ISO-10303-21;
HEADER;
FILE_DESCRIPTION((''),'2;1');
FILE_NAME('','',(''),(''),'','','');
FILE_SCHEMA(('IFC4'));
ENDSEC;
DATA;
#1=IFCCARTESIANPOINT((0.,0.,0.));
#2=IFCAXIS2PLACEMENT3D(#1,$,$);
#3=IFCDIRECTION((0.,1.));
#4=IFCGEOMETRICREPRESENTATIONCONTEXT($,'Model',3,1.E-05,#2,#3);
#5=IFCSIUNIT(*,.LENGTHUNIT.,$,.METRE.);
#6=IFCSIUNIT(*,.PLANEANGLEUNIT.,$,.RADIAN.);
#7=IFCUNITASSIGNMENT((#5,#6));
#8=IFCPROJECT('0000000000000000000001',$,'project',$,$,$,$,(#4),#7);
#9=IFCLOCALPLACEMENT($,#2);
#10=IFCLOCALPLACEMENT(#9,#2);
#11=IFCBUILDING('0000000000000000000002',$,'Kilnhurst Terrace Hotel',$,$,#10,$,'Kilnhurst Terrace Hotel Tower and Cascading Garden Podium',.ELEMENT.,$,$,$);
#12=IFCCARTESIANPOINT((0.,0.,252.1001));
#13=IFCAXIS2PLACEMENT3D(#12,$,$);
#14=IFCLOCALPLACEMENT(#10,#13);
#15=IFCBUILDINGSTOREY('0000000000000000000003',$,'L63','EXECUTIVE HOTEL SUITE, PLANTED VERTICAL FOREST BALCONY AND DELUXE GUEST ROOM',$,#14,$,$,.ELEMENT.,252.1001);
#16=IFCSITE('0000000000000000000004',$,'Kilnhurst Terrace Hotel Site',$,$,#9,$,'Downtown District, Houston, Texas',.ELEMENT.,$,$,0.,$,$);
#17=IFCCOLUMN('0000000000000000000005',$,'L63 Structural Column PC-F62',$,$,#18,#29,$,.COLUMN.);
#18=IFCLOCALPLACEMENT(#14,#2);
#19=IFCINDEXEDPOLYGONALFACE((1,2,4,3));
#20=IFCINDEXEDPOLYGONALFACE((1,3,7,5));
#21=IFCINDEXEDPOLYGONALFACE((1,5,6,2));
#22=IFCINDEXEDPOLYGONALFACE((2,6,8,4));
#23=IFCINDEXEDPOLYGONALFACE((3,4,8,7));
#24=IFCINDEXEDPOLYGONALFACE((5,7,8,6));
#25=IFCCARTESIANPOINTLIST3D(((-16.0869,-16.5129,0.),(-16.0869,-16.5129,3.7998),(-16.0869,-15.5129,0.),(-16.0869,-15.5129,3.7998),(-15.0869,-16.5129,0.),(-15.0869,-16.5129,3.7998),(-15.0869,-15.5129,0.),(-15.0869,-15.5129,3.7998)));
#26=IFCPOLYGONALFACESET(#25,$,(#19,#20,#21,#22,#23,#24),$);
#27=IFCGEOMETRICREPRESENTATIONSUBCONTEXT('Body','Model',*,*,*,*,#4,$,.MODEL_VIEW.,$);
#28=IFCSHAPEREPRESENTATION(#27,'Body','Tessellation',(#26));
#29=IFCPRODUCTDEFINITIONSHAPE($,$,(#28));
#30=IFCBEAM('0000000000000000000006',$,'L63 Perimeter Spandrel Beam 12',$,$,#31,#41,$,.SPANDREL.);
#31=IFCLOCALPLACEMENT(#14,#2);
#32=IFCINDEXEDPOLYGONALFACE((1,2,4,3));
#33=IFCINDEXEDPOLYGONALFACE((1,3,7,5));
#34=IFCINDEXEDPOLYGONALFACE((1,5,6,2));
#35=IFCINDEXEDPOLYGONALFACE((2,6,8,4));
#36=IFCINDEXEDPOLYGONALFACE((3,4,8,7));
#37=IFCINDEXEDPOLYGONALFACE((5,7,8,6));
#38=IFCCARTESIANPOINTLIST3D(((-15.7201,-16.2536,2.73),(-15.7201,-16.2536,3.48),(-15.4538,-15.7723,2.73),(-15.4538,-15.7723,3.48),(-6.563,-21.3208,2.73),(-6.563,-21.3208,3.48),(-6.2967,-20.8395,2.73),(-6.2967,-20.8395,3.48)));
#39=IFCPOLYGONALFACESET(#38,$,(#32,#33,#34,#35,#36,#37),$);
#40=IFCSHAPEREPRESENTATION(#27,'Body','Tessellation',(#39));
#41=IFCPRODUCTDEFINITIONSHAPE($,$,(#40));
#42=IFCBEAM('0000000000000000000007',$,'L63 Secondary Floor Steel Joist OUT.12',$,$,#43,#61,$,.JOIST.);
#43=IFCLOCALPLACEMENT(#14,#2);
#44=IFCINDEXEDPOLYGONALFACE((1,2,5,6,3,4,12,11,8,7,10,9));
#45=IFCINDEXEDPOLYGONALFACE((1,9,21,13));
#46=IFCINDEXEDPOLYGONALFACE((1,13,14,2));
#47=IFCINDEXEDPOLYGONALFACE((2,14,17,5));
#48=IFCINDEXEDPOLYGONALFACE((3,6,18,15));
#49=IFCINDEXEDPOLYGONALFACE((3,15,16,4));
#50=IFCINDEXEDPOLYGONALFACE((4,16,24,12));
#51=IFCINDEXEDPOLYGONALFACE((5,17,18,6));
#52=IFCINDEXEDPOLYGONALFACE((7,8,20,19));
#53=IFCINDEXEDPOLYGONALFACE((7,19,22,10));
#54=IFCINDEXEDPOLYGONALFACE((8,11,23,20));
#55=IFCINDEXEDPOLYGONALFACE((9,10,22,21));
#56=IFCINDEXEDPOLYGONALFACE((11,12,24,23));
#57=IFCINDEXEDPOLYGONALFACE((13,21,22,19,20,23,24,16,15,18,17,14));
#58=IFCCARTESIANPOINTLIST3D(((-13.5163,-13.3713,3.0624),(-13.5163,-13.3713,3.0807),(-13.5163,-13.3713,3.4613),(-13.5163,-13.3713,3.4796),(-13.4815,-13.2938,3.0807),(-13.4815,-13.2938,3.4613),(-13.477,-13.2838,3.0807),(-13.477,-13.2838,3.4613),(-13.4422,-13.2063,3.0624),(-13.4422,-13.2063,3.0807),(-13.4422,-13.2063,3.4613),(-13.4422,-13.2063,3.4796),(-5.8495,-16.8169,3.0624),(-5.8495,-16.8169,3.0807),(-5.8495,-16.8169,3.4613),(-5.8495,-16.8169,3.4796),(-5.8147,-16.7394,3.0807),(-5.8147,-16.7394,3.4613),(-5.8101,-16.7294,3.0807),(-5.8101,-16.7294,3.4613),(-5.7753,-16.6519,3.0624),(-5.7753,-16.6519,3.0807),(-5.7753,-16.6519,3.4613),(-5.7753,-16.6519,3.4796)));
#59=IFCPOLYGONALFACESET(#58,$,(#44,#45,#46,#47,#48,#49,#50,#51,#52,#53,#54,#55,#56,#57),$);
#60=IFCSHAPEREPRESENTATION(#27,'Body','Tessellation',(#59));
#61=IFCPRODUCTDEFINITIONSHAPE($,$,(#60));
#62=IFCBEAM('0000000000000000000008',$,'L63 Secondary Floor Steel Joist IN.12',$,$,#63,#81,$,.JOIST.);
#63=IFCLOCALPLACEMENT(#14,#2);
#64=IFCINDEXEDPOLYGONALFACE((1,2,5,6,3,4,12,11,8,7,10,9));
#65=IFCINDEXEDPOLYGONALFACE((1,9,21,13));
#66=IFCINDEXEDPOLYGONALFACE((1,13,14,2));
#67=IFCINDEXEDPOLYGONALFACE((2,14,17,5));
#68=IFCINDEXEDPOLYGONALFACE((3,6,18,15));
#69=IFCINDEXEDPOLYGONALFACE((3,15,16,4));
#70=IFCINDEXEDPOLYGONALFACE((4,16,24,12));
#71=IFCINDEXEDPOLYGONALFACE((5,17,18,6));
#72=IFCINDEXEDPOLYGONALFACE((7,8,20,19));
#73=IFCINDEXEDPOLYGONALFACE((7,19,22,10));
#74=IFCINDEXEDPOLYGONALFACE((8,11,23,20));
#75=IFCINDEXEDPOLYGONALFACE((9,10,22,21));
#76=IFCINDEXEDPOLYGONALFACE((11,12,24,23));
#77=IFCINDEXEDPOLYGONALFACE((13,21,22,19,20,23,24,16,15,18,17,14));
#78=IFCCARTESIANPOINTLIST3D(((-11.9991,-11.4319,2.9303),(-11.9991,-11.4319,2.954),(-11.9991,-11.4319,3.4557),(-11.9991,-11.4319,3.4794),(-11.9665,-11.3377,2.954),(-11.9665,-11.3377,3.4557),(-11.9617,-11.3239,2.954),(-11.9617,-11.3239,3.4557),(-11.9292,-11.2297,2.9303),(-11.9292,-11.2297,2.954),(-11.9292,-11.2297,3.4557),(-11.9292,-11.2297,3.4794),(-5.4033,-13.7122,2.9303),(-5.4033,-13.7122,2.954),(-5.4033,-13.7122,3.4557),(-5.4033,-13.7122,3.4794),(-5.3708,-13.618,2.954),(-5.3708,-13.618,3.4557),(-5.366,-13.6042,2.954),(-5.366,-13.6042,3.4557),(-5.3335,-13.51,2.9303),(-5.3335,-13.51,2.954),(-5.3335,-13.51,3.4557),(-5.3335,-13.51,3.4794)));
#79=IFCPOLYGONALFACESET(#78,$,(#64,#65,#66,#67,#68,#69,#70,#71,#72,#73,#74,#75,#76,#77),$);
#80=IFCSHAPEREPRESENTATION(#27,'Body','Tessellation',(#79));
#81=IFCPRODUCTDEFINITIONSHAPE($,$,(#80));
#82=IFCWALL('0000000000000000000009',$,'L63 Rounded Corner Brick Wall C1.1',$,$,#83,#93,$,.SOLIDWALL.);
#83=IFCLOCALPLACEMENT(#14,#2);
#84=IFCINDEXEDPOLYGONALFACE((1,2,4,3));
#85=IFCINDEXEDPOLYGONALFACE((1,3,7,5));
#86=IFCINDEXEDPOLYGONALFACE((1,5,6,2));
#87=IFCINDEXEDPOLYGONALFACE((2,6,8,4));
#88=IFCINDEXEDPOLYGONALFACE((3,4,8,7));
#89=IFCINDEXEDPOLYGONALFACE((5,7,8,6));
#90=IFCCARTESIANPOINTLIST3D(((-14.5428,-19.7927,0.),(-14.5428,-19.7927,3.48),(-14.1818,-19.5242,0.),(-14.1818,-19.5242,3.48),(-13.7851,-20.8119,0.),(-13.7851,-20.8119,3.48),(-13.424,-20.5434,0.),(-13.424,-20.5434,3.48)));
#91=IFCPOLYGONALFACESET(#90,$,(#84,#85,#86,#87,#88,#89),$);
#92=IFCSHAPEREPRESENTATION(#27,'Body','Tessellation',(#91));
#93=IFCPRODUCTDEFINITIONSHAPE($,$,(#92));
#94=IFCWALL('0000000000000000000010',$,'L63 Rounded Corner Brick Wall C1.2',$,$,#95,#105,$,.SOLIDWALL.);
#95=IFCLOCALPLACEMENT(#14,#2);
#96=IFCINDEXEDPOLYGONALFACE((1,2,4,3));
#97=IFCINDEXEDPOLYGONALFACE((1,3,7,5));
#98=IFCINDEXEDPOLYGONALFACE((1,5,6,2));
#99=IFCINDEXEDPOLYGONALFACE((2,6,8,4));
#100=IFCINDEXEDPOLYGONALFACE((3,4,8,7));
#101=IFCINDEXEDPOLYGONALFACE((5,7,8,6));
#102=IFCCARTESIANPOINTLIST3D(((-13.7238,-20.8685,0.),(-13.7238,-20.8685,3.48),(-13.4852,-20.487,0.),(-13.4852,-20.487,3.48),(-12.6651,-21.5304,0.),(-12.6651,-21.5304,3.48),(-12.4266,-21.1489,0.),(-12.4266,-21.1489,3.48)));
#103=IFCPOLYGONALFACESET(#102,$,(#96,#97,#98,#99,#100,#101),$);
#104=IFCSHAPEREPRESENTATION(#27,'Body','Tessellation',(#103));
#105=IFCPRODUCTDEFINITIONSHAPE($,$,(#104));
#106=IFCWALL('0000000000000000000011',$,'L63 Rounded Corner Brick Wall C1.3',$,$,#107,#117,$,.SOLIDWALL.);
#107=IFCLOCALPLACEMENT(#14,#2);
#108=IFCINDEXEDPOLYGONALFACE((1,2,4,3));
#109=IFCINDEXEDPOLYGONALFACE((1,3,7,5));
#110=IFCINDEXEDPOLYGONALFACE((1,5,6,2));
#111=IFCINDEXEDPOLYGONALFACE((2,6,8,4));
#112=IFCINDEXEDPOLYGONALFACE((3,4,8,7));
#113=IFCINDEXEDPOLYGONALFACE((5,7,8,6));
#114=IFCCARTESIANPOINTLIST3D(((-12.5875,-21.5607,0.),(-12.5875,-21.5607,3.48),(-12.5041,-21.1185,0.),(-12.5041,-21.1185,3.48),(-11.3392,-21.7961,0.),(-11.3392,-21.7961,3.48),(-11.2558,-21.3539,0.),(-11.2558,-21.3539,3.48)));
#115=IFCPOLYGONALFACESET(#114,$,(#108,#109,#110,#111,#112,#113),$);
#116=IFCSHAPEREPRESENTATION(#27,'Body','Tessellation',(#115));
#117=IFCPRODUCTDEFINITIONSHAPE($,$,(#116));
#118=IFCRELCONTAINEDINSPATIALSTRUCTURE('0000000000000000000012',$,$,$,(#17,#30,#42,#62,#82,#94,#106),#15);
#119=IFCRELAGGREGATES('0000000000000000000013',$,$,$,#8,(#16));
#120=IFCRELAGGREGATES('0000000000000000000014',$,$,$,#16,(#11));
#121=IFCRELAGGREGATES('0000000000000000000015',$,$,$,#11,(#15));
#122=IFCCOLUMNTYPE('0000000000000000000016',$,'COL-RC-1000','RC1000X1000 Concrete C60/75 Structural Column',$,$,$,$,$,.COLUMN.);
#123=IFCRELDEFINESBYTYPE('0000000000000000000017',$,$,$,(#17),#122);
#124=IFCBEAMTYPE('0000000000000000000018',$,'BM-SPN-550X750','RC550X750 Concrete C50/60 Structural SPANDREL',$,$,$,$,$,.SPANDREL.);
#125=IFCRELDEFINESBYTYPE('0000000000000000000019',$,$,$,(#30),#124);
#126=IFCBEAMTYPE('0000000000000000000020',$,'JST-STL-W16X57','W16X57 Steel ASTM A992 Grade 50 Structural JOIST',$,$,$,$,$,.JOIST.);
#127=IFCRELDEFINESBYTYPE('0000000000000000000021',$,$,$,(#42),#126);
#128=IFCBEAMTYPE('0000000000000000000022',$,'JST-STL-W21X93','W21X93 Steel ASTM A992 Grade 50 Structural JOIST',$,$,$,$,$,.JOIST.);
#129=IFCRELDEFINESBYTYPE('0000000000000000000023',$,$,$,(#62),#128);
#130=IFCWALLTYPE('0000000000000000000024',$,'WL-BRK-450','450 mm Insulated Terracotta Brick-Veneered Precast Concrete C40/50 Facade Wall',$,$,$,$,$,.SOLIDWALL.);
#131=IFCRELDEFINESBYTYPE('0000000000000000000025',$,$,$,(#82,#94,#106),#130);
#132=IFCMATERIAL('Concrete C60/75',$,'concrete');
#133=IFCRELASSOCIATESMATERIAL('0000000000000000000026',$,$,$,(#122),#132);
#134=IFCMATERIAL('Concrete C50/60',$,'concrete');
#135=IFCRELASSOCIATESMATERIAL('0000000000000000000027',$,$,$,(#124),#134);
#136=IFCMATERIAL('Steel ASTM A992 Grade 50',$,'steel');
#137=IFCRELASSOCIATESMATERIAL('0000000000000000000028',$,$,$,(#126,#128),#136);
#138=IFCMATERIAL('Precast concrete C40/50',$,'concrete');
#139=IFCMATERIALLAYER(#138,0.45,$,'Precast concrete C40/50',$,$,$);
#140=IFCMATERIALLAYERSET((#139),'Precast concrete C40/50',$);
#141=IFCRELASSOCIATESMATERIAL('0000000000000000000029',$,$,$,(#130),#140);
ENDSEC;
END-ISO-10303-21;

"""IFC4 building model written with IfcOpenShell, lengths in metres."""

from ifc_helpers import new_model, si_unit, direction, frame, frame_2d, origin, origin_2d, place, context, subcontext, project, spatial, rectangle, i_section, extrude, material, layer, layer_set, material_profile, profile_set, type_object, element, save


model = new_model("IFC4")

# Units and contexts
model_context = context("Model", 3, precision=1e-05, world=origin(), true_north=direction((0.0, 1.0)))
body_context = subcontext(model_context, "Body", "Model", "MODEL_VIEW")
ifc_project = project(units=[si_unit("LENGTHUNIT", "METRE"), si_unit("PLANEANGLEUNIT", "RADIAN")], contexts=[model_context])

# Site, building, storey
site_placement = place(None, origin())
site = spatial("IfcSite", under=ifc_project, at=site_placement, Name="Kilnhurst Terrace Hotel Site", LongName="Downtown District, Houston, Texas", CompositionType="ELEMENT", RefElevation=0.0)
building_placement = place(site_placement, origin())
building = spatial("IfcBuilding", under=site, at=building_placement, Name="Kilnhurst Terrace Hotel", LongName="Kilnhurst Terrace Hotel Tower and Cascading Garden Podium", CompositionType="ELEMENT")
storey_placement = place(building_placement, frame((0.0, 0.0, 252.1001)))
storey = spatial("IfcBuildingStorey", under=building, at=storey_placement, Name="L63", Description="EXECUTIVE HOTEL SUITE, PLANTED VERTICAL FOREST BALCONY AND DELUXE GUEST ROOM", CompositionType="ELEMENT", Elevation=252.1001)

# Column
ifc_material_1 = material(Name="Concrete C60/75", Category="concrete")
ifc_material_profile_1 = material_profile(ifc_material_1, rectangle(XDim=1.0, YDim=1.0, at=origin_2d()), Name="RC1000X1000")
ifc_profile_set_1 = profile_set([ifc_material_profile_1], Name="Concrete C60/75")
column_type = type_object("IfcColumnType", Name="COL-RC-1000", Description="RC1000X1000 Concrete C60/75 Structural Column", PredefinedType="COLUMN", material=ifc_profile_set_1)
column_placement = place(storey_placement, frame((-15.5869, -16.0129, 0.0), z_axis=(0.0, 0.0, 1.0), x_axis=(1.0, 0.0, 0.0)))
element("IfcColumn", 1, at=column_placement, inside=storey, type_object=column_type, Name="L63 Structural Column PC-F62", PredefinedType="COLUMN", context=body_context, shape_type="SweptSolid", body=[
    extrude(rectangle(XDim=1.0, YDim=1.0, at=origin_2d()), origin(), (0.0, 0.0, 1.0), 3.7998),
])

# Beams
ifc_material_2 = material(Name="Concrete C50/60", Category="concrete")
ifc_material_profile_2 = material_profile(ifc_material_2, rectangle(XDim=0.55, YDim=0.75, at=origin_2d()), Name="RC550X750")
ifc_profile_set_2 = profile_set([ifc_material_profile_2], Name="Concrete C50/60")
beam_type_1 = type_object("IfcBeamType", Name="BM-SPN-550X750", Description="RC550X750 Concrete C50/60 Structural SPANDREL", PredefinedType="SPANDREL", material=ifc_profile_set_2)
beam_1_placement = place(storey_placement, frame((-15.5869, -16.0129, 3.105), z_axis=(0.87497, -0.484177, 0.0), x_axis=(0.484177, 0.87497, 0.0)))
element("IfcBeam", 2, at=beam_1_placement, inside=storey, type_object=beam_type_1, Name="L63 Perimeter Spandrel Beam 12", PredefinedType="SPANDREL", context=body_context, shape_type="SweptSolid", body=[
    extrude(rectangle(XDim=0.55, YDim=0.75, at=origin_2d()), origin(), (0.0, 0.0, 1.0), 10.4656),
])
ifc_material_3 = material(Name="Steel ASTM A992 Grade 50", Category="steel")
ifc_material_profile_3 = material_profile(ifc_material_3, i_section(OverallWidth=0.1809, OverallDepth=0.4172, WebThickness=0.011, FlangeThickness=0.0183, at=origin_2d()), Name="W16X57")
ifc_profile_set_3 = profile_set([ifc_material_profile_3], Name="Steel ASTM A992 Grade 50")
beam_type_2 = type_object("IfcBeamType", Name="JST-STL-W16X57", Description="W16X57 Steel ASTM A992 Grade 50 Structural JOIST", PredefinedType="JOIST", material=ifc_profile_set_3)
beam_2_placement = place(storey_placement, frame((-13.4792, -13.2888, 3.271), z_axis=(0.912121, -0.409921, 0.0), x_axis=(0.409921, 0.912121, 0.0)))
element("IfcBeam", 3, at=beam_2_placement, inside=storey, type_object=beam_type_2, Name="L63 Secondary Floor Steel Joist OUT.12", PredefinedType="JOIST", context=body_context, shape_type="SweptSolid", body=[
    extrude(i_section(OverallWidth=0.1809, OverallDepth=0.4172, WebThickness=0.011, FlangeThickness=0.0183, at=origin_2d()), origin(), (0.0, 0.0, 1.0), 8.4055),
])
ifc_material_profile_4 = material_profile(ifc_material_3, i_section(OverallWidth=0.2139, OverallDepth=0.5491, WebThickness=0.0146, FlangeThickness=0.0237, at=origin_2d()), Name="W21X93")
ifc_profile_set_4 = profile_set([ifc_material_profile_4], Name="Steel ASTM A992 Grade 50")
beam_type_3 = type_object("IfcBeamType", Name="JST-STL-W21X93", Description="W21X93 Steel ASTM A992 Grade 50 Structural JOIST", PredefinedType="JOIST", material=ifc_profile_set_4)
beam_3_placement = place(storey_placement, frame((-11.9641, -11.3308, 3.2048), z_axis=(0.945112, -0.326745, 0.0), x_axis=(0.326745, 0.945112, 0.0)))
element("IfcBeam", 4, at=beam_3_placement, inside=storey, type_object=beam_type_3, Name="L63 Secondary Floor Steel Joist IN.12", PredefinedType="JOIST", context=body_context, shape_type="SweptSolid", body=[
    extrude(i_section(OverallWidth=0.2139, OverallDepth=0.5491, WebThickness=0.0146, FlangeThickness=0.0237, at=origin_2d()), origin(), (0.0, 0.0, 1.0), 6.9788),
])

# Walls
ifc_material_4 = material(Name="Precast concrete C40/50", Category="concrete")
ifc_layer_1 = layer(ifc_material_4, 0.45, Name="Precast concrete C40/50")
ifc_layer_set_1 = layer_set([ifc_layer_1], Name="Precast concrete C40/50")
wall_type_1 = type_object("IfcWallType", Name="WL-BRK-450", Description="450 mm Insulated Terracotta Brick-Veneered Precast Concrete C40/50 Facade Wall", PredefinedType="SOLIDWALL", material=ifc_layer_set_1)
wall_1_placement = place(storey_placement, frame((-14.3623, -19.6584, 0.0), z_axis=(0.0, 0.0, 1.0), x_axis=(0.596642, -0.802507, 0.0)))
element("IfcWall", 5, at=wall_1_placement, inside=storey, type_object=wall_type_1, Name="L63 Rounded Corner Brick Wall C1.1", PredefinedType="SOLIDWALL", context=body_context, shape_type="SweptSolid", body=[
    extrude(rectangle(XDim=1.27, YDim=0.45, at=frame_2d((0.635, 0.0))), origin(), (0.0, 0.0, 1.0), 3.48),
])
wall_2_placement = place(storey_placement, frame((-13.6045, -20.6777, 0.0), z_axis=(0.0, 0.0, 1.0), x_axis=(0.84791, -0.53014, 0.0)))
element("IfcWall", 6, at=wall_2_placement, inside=storey, type_object=wall_type_1, Name="L63 Rounded Corner Brick Wall C1.2", PredefinedType="SOLIDWALL", context=body_context, shape_type="SweptSolid", body=[
    extrude(rectangle(XDim=1.2485, YDim=0.45, at=frame_2d((0.6243, 0.0))), origin(), (0.0, 0.0, 1.0), 3.48),
])
wall_3_placement = place(storey_placement, frame((-12.5459, -21.3396, 0.0), z_axis=(0.0, 0.0, 1.0), x_axis=(0.982687, -0.185275, 0.0)))
element("IfcWall", 7, at=wall_3_placement, inside=storey, type_object=wall_type_1, Name="L63 Rounded Corner Brick Wall C1.3", PredefinedType="SOLIDWALL", context=body_context, shape_type="SweptSolid", body=[
    extrude(rectangle(XDim=1.2703, YDim=0.45, at=frame_2d((0.6353, 0.0))), origin(), (0.0, 0.0, 1.0), 3.48),
])

save(model, "model.ifc")
